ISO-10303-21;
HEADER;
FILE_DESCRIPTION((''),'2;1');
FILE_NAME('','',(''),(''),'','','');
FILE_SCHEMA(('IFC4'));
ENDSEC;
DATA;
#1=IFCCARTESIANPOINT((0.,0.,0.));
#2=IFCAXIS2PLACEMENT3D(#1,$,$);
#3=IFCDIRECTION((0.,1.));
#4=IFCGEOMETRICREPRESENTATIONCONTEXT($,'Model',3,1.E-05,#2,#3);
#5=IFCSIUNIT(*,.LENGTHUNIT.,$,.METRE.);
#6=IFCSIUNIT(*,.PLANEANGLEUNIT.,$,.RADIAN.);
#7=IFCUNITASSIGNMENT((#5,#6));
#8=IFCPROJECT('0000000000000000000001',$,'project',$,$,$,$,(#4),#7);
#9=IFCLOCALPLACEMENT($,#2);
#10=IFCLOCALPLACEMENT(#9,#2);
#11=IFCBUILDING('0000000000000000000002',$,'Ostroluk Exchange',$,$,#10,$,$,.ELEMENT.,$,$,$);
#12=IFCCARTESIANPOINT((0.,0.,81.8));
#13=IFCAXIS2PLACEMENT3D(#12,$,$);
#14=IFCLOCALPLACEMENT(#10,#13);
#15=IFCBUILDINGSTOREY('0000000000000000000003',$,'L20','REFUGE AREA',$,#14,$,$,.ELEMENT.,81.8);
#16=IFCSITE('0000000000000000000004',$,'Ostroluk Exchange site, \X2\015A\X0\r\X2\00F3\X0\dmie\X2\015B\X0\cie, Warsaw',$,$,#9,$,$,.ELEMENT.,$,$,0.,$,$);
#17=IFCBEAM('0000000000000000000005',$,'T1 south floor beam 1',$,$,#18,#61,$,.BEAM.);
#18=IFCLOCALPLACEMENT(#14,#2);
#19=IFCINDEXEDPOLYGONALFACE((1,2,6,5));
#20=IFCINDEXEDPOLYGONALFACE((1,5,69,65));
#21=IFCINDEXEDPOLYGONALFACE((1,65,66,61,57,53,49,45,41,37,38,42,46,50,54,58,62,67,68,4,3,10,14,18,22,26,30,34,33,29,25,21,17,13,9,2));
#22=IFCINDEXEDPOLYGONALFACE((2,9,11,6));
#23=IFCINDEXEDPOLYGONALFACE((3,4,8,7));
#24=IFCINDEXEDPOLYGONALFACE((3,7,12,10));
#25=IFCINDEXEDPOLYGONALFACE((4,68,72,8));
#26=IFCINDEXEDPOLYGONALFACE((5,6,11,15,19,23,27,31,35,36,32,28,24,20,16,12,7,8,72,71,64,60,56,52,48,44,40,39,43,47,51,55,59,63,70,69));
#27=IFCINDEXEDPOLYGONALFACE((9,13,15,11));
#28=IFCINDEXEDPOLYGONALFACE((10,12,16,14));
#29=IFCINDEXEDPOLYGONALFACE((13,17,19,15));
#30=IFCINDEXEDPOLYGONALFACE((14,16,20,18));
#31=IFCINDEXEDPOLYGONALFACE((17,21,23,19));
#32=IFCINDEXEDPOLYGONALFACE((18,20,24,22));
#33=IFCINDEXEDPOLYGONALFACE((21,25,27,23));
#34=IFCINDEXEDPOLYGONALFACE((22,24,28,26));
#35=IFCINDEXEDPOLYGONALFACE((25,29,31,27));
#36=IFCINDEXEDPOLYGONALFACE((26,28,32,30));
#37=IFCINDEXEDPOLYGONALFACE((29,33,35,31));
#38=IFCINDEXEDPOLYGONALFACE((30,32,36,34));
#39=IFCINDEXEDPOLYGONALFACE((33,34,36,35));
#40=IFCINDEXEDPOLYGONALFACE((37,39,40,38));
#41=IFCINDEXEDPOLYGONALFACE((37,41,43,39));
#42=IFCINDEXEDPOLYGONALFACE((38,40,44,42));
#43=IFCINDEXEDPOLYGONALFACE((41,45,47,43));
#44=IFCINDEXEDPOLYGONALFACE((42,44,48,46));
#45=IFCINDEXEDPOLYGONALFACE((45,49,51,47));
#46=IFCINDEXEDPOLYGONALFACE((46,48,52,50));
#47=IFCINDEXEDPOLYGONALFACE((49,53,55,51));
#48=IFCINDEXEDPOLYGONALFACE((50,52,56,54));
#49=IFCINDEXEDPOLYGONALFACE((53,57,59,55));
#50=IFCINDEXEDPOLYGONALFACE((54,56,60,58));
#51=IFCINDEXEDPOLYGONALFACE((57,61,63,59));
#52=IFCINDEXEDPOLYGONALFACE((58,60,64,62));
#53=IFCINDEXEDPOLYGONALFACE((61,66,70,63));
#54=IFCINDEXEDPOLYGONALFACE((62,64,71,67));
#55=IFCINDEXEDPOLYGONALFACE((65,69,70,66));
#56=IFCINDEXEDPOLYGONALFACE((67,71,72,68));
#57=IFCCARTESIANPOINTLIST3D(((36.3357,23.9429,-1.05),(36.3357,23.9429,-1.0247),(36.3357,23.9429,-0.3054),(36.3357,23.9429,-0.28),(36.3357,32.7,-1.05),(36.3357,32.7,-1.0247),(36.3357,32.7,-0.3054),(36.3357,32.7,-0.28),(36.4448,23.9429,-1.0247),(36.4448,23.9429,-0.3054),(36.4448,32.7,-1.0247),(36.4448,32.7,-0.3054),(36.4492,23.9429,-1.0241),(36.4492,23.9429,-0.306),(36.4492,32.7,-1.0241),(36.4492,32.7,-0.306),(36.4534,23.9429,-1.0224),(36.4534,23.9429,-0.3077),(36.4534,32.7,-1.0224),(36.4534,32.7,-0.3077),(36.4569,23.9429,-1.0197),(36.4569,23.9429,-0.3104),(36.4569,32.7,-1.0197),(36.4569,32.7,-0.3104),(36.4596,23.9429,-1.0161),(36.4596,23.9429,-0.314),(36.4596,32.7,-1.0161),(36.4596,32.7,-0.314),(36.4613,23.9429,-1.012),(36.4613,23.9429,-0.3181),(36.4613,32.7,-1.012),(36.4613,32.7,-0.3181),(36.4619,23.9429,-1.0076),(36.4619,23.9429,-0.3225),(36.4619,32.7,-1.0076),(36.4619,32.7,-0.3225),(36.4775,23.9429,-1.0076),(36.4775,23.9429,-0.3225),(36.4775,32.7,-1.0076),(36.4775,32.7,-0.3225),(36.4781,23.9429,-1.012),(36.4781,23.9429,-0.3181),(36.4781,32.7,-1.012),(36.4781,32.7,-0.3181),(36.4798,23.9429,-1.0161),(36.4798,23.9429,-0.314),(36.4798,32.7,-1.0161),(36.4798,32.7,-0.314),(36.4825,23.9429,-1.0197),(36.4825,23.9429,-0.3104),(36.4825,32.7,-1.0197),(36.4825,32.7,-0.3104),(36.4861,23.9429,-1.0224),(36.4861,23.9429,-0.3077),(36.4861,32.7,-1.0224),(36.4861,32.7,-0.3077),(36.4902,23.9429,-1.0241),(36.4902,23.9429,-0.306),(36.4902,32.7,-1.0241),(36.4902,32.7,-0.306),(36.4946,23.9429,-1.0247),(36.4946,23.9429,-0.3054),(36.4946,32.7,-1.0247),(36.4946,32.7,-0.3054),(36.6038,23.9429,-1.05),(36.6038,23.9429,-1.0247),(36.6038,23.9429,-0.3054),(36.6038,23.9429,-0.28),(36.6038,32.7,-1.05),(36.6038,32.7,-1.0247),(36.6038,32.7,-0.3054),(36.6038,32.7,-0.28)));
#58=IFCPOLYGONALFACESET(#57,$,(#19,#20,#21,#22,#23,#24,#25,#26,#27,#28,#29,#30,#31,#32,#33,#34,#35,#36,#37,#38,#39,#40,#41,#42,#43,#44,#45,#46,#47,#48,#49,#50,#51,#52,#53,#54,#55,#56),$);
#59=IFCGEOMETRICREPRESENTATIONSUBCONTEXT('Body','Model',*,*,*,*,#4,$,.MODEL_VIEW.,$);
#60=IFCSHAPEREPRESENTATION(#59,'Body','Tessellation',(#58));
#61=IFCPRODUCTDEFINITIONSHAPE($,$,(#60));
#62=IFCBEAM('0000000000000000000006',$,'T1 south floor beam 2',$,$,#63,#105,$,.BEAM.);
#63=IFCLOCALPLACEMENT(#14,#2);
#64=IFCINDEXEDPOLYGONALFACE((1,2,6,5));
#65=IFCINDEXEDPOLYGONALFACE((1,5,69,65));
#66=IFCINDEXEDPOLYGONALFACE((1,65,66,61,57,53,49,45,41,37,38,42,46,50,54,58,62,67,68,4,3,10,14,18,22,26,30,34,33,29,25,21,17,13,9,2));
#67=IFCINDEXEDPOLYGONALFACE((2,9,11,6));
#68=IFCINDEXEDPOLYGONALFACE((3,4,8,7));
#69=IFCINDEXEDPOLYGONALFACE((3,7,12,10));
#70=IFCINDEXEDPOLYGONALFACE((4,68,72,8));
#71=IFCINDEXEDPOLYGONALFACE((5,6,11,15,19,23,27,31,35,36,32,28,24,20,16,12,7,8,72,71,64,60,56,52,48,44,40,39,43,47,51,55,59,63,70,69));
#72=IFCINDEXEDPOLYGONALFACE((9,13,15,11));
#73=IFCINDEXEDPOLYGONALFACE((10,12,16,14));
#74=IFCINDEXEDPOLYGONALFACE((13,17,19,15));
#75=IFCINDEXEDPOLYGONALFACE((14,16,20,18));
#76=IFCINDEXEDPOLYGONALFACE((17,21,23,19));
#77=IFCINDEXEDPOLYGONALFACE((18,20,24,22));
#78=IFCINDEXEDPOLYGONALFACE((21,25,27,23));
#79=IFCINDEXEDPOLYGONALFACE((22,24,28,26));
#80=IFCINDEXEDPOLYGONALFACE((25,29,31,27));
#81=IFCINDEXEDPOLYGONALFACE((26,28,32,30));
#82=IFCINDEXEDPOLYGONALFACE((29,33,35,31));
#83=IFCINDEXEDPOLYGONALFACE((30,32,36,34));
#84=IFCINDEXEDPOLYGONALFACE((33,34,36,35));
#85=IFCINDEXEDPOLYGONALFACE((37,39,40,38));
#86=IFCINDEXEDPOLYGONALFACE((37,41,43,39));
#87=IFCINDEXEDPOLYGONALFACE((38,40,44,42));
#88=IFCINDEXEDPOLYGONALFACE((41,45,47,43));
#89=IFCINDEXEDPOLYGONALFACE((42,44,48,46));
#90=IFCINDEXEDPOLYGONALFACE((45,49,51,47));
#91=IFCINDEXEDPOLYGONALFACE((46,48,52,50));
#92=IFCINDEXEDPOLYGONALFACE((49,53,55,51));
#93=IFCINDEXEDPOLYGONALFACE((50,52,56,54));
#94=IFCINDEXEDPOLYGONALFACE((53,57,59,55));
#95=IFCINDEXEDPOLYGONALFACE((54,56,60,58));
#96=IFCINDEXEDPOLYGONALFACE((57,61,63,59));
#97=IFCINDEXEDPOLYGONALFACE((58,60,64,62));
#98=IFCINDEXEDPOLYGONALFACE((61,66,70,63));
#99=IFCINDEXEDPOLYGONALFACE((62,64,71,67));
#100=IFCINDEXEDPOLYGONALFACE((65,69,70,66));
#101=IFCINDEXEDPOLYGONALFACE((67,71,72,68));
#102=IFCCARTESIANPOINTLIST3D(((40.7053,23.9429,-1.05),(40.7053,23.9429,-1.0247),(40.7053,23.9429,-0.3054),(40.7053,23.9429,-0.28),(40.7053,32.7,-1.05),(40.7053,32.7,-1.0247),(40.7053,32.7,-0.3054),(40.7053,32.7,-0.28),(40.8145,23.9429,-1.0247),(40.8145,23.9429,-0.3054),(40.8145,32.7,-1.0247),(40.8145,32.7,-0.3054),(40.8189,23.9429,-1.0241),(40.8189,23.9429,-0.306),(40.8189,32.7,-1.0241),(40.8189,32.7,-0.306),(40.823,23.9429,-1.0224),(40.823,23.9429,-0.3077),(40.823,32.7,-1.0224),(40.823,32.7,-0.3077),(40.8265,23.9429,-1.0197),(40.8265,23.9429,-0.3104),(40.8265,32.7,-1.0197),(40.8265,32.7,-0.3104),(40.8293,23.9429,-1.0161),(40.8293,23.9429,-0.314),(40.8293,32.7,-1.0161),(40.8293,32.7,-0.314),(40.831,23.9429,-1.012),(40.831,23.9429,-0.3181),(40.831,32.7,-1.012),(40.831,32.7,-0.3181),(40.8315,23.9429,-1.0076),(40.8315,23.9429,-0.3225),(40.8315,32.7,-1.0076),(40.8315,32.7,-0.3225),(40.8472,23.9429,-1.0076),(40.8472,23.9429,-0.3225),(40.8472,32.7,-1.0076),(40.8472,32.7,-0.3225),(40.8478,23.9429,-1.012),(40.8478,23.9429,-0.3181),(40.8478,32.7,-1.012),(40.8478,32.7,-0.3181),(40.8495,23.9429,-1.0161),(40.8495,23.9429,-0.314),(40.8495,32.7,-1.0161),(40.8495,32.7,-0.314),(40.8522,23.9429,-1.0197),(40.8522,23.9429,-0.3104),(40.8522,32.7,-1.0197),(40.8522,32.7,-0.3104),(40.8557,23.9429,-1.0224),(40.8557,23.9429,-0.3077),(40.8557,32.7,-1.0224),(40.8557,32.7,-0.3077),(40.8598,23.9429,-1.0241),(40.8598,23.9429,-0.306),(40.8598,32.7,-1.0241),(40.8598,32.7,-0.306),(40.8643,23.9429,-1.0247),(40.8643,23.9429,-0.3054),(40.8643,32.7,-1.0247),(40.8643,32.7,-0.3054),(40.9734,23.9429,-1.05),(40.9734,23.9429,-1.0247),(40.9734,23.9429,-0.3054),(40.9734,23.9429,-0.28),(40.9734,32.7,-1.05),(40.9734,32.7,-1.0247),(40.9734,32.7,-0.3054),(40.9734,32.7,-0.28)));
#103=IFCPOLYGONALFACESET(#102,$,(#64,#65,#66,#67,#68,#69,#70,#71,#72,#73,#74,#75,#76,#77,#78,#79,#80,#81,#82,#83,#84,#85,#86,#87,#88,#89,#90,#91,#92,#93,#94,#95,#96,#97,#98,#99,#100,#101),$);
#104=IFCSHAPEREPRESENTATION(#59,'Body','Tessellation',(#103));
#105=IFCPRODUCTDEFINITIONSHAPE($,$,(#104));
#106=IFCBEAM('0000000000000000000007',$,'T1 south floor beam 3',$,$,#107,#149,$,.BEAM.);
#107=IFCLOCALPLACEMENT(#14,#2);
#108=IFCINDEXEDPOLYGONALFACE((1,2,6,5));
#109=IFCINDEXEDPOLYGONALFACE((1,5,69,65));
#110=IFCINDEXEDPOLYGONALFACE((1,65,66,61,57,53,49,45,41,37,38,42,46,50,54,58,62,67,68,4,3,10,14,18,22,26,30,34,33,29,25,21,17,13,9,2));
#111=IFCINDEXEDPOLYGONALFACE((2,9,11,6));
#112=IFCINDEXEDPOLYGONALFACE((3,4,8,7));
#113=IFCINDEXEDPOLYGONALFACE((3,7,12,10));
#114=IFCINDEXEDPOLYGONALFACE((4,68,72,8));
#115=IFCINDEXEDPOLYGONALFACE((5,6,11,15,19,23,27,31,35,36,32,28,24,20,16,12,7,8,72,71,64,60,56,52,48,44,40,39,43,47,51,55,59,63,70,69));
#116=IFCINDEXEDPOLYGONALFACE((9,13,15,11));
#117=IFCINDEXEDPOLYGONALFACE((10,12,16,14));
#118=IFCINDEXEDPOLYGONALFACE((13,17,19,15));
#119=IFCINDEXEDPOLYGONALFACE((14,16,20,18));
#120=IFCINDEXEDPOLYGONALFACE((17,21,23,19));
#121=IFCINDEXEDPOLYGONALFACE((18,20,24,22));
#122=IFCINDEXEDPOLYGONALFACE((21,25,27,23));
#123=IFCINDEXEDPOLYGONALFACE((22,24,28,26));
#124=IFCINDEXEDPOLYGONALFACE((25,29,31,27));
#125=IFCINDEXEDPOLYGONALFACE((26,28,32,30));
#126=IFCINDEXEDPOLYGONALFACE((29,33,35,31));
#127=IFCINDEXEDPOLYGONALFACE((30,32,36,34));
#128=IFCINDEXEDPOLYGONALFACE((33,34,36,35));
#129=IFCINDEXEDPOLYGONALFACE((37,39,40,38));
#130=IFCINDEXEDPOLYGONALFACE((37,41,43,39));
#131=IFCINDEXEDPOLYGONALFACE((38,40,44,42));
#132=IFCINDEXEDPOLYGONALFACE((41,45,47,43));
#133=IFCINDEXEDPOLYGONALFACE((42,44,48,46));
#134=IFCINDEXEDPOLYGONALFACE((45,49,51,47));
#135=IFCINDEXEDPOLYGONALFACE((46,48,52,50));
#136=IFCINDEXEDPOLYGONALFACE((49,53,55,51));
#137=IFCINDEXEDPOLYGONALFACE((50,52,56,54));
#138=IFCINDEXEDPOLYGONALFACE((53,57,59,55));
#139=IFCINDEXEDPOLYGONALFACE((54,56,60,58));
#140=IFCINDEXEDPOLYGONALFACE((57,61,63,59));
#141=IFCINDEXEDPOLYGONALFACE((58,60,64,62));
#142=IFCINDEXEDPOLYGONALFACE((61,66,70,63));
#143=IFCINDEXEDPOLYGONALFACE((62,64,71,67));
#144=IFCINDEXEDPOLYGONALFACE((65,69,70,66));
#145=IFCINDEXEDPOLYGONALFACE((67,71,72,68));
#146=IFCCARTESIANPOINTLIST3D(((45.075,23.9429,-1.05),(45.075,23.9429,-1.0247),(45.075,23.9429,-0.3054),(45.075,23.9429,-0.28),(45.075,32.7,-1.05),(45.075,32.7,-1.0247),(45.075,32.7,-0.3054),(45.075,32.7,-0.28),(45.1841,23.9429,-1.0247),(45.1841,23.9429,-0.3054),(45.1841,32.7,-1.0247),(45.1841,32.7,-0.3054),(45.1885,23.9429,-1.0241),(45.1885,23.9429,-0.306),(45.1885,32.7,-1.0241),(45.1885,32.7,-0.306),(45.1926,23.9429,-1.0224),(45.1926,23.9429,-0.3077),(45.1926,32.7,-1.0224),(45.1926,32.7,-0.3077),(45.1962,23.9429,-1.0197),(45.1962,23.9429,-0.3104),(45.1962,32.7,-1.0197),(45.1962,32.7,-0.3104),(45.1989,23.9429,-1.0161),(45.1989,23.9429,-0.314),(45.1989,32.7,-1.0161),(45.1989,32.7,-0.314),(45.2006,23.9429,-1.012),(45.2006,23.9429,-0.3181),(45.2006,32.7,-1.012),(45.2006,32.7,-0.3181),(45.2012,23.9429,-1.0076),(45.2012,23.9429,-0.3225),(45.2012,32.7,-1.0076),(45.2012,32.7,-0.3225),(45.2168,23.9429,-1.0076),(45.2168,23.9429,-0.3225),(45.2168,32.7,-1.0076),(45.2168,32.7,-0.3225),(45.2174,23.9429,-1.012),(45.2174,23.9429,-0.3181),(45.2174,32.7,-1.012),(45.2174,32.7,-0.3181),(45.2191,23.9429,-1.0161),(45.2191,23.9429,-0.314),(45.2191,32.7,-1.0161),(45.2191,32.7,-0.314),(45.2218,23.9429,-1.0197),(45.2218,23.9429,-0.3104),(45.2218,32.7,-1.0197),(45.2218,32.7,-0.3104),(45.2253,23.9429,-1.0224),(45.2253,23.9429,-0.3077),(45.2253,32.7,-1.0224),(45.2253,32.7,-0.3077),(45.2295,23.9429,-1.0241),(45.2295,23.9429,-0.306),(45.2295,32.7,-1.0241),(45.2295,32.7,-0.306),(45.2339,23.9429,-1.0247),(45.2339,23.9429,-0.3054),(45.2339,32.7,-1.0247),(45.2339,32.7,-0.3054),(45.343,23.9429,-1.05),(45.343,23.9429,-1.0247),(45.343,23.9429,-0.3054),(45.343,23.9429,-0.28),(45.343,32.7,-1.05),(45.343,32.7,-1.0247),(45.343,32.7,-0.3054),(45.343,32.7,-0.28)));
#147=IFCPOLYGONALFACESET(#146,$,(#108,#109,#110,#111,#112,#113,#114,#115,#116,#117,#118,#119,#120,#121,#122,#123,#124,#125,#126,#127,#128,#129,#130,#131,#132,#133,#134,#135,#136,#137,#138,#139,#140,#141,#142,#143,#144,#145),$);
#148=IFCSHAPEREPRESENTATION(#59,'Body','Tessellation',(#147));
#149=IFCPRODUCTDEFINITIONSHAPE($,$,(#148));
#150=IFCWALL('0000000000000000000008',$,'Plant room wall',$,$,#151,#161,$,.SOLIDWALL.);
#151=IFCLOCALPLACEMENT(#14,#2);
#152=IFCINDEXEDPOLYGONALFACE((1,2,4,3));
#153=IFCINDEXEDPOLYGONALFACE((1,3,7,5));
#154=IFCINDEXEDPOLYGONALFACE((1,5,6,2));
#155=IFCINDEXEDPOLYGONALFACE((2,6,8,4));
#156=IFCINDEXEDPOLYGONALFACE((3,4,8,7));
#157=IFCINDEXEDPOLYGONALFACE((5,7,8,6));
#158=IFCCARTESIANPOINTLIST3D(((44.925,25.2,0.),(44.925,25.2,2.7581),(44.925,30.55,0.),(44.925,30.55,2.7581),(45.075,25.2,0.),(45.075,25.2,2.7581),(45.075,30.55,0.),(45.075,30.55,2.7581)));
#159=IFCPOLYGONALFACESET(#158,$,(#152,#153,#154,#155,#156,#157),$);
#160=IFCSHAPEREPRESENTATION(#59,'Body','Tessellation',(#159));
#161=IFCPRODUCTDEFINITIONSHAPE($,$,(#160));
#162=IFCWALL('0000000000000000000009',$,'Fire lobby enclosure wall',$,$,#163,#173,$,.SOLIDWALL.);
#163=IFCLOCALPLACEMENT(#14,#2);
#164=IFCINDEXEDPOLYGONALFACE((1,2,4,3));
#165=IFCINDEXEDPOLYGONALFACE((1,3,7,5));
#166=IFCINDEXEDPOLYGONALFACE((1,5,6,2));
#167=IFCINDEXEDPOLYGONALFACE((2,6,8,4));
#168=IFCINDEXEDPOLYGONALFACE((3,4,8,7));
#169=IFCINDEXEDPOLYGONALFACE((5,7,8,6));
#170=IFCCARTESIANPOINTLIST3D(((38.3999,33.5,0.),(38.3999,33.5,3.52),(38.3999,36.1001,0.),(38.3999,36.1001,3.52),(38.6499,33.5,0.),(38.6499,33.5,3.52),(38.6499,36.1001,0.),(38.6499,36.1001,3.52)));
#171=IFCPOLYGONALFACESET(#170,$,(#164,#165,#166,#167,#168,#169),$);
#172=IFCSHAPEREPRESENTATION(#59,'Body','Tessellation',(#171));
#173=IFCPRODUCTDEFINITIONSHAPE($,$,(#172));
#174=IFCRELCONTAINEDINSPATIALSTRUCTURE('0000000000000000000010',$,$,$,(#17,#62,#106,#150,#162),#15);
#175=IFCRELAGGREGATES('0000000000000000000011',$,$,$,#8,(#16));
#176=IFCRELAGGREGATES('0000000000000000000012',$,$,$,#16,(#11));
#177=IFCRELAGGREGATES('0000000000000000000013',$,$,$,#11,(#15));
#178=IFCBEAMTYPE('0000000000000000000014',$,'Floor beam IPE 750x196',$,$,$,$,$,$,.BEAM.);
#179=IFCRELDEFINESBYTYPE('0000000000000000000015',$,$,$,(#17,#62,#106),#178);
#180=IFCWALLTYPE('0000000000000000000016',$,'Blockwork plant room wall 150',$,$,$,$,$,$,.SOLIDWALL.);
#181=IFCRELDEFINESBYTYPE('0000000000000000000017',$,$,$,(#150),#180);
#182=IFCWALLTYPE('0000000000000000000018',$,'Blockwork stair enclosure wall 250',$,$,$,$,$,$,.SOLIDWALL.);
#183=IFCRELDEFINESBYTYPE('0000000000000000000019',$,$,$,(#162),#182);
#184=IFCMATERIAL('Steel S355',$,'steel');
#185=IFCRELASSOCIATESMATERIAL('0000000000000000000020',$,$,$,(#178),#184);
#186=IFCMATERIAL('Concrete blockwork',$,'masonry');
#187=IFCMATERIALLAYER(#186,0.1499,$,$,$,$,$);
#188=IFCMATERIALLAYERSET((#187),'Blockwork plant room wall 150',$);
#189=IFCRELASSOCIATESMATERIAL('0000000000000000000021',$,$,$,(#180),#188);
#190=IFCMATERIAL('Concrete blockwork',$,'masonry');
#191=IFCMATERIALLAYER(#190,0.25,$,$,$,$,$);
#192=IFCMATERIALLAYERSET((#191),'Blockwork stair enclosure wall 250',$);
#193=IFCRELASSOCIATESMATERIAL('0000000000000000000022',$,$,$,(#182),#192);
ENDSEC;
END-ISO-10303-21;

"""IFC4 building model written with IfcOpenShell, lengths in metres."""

from ifc_helpers import new_model, si_unit, direction, frame, frame_2d, origin, origin_2d, place, context, subcontext, project, spatial, rectangle, i_section, extrude, material, layer, layer_set, material_profile, profile_set, type_object, element, save


model = new_model("IFC4")

# Units and contexts
model_context = context("Model", 3, precision=1e-05, world=origin(), true_north=direction((0.0, 1.0)))
body_context = subcontext(model_context, "Body", "Model", "MODEL_VIEW")
ifc_project = project(units=[si_unit("LENGTHUNIT", "METRE"), si_unit("PLANEANGLEUNIT", "RADIAN")], contexts=[model_context])

# Site, building, storey
site_placement = place(None, origin())
site = spatial("IfcSite", under=ifc_project, at=site_placement, Name="Ostroluk Exchange site, Śródmieście, Warsaw", CompositionType="ELEMENT", RefElevation=0.0)
building_placement = place(site_placement, origin())
building = spatial("IfcBuilding", under=site, at=building_placement, Name="Ostroluk Exchange", CompositionType="ELEMENT")
storey_placement = place(building_placement, frame((0.0, 0.0, 81.8)))
storey = spatial("IfcBuildingStorey", under=building, at=storey_placement, Name="L20", Description="REFUGE AREA", CompositionType="ELEMENT", Elevation=81.8)

# Beams
ifc_material_1 = material(Name="Steel S355", Category="steel")
ifc_material_profile = material_profile(ifc_material_1, i_section(OverallWidth=0.2681, OverallDepth=0.77, WebThickness=0.0156, FlangeThickness=0.0254, FilletRadius=0.0171, at=origin_2d()), Name="IPE 750x196")
ifc_profile_set = profile_set([ifc_material_profile], Name="Steel S355")
beam_type = type_object("IfcBeamType", Name="Floor beam IPE 750x196", PredefinedType="BEAM", material=ifc_profile_set)
for number, where, z_axis, x_axis, name in (
    (1, (36.4697, 32.7, -0.665), (0.0, -1.0, 0.0), (1.0, 0.0, 0.0), "T1 south floor beam 1"),
    (2, (40.8394, 32.7, -0.665), (0.0, -1.0, 0.0), (1.0, 0.0, 0.0), "T1 south floor beam 2"),
    (3, (45.209, 32.7, -0.665), (0.0, -1.0, 0.0), (1.0, 0.0, 0.0), "T1 south floor beam 3"),
):
    element("IfcBeam", number, at=place(storey_placement, frame(where, z_axis=z_axis, x_axis=x_axis)), inside=storey, type_object=beam_type, Name=name, PredefinedType="BEAM", context=body_context, shape_type="SweptSolid", body=[
        extrude(i_section(OverallWidth=0.2681, OverallDepth=0.77, WebThickness=0.0156, FlangeThickness=0.0254, FilletRadius=0.0171, at=origin_2d()), origin(), (0.0, 0.0, 1.0), 8.7571),
    ])

# Walls
ifc_material_2 = material(Name="Concrete blockwork", Category="masonry")
ifc_layer_1 = layer(ifc_material_2, 0.1499)
ifc_layer_set_1 = layer_set([ifc_layer_1], Name="Blockwork plant room wall 150")
wall_type_1 = type_object("IfcWallType", Name="Blockwork plant room wall 150", PredefinedType="SOLIDWALL", material=ifc_layer_set_1)
wall_1_placement = place(storey_placement, frame((45.0, 30.55, 0.0), z_axis=(0.0, 0.0, 1.0), x_axis=(0.0, -1.0, 0.0)))
element("IfcWall", 4, at=wall_1_placement, inside=storey, type_object=wall_type_1, Name="Plant room wall", PredefinedType="SOLIDWALL", context=body_context, shape_type="SweptSolid", body=[
    extrude(rectangle(XDim=5.3501, YDim=0.1499, at=frame_2d((2.675, 0.0))), origin(), (0.0, 0.0, 1.0), 2.7581),
])
ifc_material_3 = material(Name="Concrete blockwork", Category="masonry")
ifc_layer_2 = layer(ifc_material_3, 0.25)
ifc_layer_set_2 = layer_set([ifc_layer_2], Name="Blockwork stair enclosure wall 250")
wall_type_2 = type_object("IfcWallType", Name="Blockwork stair enclosure wall 250", PredefinedType="SOLIDWALL", material=ifc_layer_set_2)
wall_2_placement = place(storey_placement, frame((38.5249, 33.5, 0.0), z_axis=(0.0, 0.0, 1.0), x_axis=(0.0, 1.0, 0.0)))
element("IfcWall", 5, at=wall_2_placement, inside=storey, type_object=wall_type_2, Name="Fire lobby enclosure wall", PredefinedType="SOLIDWALL", context=body_context, shape_type="SweptSolid", body=[
    extrude(rectangle(XDim=2.6001, YDim=0.25, at=frame_2d((1.3, 0.0))), origin(), (0.0, 0.0, 1.0), 3.52),
])

save(model, "model.ifc")
